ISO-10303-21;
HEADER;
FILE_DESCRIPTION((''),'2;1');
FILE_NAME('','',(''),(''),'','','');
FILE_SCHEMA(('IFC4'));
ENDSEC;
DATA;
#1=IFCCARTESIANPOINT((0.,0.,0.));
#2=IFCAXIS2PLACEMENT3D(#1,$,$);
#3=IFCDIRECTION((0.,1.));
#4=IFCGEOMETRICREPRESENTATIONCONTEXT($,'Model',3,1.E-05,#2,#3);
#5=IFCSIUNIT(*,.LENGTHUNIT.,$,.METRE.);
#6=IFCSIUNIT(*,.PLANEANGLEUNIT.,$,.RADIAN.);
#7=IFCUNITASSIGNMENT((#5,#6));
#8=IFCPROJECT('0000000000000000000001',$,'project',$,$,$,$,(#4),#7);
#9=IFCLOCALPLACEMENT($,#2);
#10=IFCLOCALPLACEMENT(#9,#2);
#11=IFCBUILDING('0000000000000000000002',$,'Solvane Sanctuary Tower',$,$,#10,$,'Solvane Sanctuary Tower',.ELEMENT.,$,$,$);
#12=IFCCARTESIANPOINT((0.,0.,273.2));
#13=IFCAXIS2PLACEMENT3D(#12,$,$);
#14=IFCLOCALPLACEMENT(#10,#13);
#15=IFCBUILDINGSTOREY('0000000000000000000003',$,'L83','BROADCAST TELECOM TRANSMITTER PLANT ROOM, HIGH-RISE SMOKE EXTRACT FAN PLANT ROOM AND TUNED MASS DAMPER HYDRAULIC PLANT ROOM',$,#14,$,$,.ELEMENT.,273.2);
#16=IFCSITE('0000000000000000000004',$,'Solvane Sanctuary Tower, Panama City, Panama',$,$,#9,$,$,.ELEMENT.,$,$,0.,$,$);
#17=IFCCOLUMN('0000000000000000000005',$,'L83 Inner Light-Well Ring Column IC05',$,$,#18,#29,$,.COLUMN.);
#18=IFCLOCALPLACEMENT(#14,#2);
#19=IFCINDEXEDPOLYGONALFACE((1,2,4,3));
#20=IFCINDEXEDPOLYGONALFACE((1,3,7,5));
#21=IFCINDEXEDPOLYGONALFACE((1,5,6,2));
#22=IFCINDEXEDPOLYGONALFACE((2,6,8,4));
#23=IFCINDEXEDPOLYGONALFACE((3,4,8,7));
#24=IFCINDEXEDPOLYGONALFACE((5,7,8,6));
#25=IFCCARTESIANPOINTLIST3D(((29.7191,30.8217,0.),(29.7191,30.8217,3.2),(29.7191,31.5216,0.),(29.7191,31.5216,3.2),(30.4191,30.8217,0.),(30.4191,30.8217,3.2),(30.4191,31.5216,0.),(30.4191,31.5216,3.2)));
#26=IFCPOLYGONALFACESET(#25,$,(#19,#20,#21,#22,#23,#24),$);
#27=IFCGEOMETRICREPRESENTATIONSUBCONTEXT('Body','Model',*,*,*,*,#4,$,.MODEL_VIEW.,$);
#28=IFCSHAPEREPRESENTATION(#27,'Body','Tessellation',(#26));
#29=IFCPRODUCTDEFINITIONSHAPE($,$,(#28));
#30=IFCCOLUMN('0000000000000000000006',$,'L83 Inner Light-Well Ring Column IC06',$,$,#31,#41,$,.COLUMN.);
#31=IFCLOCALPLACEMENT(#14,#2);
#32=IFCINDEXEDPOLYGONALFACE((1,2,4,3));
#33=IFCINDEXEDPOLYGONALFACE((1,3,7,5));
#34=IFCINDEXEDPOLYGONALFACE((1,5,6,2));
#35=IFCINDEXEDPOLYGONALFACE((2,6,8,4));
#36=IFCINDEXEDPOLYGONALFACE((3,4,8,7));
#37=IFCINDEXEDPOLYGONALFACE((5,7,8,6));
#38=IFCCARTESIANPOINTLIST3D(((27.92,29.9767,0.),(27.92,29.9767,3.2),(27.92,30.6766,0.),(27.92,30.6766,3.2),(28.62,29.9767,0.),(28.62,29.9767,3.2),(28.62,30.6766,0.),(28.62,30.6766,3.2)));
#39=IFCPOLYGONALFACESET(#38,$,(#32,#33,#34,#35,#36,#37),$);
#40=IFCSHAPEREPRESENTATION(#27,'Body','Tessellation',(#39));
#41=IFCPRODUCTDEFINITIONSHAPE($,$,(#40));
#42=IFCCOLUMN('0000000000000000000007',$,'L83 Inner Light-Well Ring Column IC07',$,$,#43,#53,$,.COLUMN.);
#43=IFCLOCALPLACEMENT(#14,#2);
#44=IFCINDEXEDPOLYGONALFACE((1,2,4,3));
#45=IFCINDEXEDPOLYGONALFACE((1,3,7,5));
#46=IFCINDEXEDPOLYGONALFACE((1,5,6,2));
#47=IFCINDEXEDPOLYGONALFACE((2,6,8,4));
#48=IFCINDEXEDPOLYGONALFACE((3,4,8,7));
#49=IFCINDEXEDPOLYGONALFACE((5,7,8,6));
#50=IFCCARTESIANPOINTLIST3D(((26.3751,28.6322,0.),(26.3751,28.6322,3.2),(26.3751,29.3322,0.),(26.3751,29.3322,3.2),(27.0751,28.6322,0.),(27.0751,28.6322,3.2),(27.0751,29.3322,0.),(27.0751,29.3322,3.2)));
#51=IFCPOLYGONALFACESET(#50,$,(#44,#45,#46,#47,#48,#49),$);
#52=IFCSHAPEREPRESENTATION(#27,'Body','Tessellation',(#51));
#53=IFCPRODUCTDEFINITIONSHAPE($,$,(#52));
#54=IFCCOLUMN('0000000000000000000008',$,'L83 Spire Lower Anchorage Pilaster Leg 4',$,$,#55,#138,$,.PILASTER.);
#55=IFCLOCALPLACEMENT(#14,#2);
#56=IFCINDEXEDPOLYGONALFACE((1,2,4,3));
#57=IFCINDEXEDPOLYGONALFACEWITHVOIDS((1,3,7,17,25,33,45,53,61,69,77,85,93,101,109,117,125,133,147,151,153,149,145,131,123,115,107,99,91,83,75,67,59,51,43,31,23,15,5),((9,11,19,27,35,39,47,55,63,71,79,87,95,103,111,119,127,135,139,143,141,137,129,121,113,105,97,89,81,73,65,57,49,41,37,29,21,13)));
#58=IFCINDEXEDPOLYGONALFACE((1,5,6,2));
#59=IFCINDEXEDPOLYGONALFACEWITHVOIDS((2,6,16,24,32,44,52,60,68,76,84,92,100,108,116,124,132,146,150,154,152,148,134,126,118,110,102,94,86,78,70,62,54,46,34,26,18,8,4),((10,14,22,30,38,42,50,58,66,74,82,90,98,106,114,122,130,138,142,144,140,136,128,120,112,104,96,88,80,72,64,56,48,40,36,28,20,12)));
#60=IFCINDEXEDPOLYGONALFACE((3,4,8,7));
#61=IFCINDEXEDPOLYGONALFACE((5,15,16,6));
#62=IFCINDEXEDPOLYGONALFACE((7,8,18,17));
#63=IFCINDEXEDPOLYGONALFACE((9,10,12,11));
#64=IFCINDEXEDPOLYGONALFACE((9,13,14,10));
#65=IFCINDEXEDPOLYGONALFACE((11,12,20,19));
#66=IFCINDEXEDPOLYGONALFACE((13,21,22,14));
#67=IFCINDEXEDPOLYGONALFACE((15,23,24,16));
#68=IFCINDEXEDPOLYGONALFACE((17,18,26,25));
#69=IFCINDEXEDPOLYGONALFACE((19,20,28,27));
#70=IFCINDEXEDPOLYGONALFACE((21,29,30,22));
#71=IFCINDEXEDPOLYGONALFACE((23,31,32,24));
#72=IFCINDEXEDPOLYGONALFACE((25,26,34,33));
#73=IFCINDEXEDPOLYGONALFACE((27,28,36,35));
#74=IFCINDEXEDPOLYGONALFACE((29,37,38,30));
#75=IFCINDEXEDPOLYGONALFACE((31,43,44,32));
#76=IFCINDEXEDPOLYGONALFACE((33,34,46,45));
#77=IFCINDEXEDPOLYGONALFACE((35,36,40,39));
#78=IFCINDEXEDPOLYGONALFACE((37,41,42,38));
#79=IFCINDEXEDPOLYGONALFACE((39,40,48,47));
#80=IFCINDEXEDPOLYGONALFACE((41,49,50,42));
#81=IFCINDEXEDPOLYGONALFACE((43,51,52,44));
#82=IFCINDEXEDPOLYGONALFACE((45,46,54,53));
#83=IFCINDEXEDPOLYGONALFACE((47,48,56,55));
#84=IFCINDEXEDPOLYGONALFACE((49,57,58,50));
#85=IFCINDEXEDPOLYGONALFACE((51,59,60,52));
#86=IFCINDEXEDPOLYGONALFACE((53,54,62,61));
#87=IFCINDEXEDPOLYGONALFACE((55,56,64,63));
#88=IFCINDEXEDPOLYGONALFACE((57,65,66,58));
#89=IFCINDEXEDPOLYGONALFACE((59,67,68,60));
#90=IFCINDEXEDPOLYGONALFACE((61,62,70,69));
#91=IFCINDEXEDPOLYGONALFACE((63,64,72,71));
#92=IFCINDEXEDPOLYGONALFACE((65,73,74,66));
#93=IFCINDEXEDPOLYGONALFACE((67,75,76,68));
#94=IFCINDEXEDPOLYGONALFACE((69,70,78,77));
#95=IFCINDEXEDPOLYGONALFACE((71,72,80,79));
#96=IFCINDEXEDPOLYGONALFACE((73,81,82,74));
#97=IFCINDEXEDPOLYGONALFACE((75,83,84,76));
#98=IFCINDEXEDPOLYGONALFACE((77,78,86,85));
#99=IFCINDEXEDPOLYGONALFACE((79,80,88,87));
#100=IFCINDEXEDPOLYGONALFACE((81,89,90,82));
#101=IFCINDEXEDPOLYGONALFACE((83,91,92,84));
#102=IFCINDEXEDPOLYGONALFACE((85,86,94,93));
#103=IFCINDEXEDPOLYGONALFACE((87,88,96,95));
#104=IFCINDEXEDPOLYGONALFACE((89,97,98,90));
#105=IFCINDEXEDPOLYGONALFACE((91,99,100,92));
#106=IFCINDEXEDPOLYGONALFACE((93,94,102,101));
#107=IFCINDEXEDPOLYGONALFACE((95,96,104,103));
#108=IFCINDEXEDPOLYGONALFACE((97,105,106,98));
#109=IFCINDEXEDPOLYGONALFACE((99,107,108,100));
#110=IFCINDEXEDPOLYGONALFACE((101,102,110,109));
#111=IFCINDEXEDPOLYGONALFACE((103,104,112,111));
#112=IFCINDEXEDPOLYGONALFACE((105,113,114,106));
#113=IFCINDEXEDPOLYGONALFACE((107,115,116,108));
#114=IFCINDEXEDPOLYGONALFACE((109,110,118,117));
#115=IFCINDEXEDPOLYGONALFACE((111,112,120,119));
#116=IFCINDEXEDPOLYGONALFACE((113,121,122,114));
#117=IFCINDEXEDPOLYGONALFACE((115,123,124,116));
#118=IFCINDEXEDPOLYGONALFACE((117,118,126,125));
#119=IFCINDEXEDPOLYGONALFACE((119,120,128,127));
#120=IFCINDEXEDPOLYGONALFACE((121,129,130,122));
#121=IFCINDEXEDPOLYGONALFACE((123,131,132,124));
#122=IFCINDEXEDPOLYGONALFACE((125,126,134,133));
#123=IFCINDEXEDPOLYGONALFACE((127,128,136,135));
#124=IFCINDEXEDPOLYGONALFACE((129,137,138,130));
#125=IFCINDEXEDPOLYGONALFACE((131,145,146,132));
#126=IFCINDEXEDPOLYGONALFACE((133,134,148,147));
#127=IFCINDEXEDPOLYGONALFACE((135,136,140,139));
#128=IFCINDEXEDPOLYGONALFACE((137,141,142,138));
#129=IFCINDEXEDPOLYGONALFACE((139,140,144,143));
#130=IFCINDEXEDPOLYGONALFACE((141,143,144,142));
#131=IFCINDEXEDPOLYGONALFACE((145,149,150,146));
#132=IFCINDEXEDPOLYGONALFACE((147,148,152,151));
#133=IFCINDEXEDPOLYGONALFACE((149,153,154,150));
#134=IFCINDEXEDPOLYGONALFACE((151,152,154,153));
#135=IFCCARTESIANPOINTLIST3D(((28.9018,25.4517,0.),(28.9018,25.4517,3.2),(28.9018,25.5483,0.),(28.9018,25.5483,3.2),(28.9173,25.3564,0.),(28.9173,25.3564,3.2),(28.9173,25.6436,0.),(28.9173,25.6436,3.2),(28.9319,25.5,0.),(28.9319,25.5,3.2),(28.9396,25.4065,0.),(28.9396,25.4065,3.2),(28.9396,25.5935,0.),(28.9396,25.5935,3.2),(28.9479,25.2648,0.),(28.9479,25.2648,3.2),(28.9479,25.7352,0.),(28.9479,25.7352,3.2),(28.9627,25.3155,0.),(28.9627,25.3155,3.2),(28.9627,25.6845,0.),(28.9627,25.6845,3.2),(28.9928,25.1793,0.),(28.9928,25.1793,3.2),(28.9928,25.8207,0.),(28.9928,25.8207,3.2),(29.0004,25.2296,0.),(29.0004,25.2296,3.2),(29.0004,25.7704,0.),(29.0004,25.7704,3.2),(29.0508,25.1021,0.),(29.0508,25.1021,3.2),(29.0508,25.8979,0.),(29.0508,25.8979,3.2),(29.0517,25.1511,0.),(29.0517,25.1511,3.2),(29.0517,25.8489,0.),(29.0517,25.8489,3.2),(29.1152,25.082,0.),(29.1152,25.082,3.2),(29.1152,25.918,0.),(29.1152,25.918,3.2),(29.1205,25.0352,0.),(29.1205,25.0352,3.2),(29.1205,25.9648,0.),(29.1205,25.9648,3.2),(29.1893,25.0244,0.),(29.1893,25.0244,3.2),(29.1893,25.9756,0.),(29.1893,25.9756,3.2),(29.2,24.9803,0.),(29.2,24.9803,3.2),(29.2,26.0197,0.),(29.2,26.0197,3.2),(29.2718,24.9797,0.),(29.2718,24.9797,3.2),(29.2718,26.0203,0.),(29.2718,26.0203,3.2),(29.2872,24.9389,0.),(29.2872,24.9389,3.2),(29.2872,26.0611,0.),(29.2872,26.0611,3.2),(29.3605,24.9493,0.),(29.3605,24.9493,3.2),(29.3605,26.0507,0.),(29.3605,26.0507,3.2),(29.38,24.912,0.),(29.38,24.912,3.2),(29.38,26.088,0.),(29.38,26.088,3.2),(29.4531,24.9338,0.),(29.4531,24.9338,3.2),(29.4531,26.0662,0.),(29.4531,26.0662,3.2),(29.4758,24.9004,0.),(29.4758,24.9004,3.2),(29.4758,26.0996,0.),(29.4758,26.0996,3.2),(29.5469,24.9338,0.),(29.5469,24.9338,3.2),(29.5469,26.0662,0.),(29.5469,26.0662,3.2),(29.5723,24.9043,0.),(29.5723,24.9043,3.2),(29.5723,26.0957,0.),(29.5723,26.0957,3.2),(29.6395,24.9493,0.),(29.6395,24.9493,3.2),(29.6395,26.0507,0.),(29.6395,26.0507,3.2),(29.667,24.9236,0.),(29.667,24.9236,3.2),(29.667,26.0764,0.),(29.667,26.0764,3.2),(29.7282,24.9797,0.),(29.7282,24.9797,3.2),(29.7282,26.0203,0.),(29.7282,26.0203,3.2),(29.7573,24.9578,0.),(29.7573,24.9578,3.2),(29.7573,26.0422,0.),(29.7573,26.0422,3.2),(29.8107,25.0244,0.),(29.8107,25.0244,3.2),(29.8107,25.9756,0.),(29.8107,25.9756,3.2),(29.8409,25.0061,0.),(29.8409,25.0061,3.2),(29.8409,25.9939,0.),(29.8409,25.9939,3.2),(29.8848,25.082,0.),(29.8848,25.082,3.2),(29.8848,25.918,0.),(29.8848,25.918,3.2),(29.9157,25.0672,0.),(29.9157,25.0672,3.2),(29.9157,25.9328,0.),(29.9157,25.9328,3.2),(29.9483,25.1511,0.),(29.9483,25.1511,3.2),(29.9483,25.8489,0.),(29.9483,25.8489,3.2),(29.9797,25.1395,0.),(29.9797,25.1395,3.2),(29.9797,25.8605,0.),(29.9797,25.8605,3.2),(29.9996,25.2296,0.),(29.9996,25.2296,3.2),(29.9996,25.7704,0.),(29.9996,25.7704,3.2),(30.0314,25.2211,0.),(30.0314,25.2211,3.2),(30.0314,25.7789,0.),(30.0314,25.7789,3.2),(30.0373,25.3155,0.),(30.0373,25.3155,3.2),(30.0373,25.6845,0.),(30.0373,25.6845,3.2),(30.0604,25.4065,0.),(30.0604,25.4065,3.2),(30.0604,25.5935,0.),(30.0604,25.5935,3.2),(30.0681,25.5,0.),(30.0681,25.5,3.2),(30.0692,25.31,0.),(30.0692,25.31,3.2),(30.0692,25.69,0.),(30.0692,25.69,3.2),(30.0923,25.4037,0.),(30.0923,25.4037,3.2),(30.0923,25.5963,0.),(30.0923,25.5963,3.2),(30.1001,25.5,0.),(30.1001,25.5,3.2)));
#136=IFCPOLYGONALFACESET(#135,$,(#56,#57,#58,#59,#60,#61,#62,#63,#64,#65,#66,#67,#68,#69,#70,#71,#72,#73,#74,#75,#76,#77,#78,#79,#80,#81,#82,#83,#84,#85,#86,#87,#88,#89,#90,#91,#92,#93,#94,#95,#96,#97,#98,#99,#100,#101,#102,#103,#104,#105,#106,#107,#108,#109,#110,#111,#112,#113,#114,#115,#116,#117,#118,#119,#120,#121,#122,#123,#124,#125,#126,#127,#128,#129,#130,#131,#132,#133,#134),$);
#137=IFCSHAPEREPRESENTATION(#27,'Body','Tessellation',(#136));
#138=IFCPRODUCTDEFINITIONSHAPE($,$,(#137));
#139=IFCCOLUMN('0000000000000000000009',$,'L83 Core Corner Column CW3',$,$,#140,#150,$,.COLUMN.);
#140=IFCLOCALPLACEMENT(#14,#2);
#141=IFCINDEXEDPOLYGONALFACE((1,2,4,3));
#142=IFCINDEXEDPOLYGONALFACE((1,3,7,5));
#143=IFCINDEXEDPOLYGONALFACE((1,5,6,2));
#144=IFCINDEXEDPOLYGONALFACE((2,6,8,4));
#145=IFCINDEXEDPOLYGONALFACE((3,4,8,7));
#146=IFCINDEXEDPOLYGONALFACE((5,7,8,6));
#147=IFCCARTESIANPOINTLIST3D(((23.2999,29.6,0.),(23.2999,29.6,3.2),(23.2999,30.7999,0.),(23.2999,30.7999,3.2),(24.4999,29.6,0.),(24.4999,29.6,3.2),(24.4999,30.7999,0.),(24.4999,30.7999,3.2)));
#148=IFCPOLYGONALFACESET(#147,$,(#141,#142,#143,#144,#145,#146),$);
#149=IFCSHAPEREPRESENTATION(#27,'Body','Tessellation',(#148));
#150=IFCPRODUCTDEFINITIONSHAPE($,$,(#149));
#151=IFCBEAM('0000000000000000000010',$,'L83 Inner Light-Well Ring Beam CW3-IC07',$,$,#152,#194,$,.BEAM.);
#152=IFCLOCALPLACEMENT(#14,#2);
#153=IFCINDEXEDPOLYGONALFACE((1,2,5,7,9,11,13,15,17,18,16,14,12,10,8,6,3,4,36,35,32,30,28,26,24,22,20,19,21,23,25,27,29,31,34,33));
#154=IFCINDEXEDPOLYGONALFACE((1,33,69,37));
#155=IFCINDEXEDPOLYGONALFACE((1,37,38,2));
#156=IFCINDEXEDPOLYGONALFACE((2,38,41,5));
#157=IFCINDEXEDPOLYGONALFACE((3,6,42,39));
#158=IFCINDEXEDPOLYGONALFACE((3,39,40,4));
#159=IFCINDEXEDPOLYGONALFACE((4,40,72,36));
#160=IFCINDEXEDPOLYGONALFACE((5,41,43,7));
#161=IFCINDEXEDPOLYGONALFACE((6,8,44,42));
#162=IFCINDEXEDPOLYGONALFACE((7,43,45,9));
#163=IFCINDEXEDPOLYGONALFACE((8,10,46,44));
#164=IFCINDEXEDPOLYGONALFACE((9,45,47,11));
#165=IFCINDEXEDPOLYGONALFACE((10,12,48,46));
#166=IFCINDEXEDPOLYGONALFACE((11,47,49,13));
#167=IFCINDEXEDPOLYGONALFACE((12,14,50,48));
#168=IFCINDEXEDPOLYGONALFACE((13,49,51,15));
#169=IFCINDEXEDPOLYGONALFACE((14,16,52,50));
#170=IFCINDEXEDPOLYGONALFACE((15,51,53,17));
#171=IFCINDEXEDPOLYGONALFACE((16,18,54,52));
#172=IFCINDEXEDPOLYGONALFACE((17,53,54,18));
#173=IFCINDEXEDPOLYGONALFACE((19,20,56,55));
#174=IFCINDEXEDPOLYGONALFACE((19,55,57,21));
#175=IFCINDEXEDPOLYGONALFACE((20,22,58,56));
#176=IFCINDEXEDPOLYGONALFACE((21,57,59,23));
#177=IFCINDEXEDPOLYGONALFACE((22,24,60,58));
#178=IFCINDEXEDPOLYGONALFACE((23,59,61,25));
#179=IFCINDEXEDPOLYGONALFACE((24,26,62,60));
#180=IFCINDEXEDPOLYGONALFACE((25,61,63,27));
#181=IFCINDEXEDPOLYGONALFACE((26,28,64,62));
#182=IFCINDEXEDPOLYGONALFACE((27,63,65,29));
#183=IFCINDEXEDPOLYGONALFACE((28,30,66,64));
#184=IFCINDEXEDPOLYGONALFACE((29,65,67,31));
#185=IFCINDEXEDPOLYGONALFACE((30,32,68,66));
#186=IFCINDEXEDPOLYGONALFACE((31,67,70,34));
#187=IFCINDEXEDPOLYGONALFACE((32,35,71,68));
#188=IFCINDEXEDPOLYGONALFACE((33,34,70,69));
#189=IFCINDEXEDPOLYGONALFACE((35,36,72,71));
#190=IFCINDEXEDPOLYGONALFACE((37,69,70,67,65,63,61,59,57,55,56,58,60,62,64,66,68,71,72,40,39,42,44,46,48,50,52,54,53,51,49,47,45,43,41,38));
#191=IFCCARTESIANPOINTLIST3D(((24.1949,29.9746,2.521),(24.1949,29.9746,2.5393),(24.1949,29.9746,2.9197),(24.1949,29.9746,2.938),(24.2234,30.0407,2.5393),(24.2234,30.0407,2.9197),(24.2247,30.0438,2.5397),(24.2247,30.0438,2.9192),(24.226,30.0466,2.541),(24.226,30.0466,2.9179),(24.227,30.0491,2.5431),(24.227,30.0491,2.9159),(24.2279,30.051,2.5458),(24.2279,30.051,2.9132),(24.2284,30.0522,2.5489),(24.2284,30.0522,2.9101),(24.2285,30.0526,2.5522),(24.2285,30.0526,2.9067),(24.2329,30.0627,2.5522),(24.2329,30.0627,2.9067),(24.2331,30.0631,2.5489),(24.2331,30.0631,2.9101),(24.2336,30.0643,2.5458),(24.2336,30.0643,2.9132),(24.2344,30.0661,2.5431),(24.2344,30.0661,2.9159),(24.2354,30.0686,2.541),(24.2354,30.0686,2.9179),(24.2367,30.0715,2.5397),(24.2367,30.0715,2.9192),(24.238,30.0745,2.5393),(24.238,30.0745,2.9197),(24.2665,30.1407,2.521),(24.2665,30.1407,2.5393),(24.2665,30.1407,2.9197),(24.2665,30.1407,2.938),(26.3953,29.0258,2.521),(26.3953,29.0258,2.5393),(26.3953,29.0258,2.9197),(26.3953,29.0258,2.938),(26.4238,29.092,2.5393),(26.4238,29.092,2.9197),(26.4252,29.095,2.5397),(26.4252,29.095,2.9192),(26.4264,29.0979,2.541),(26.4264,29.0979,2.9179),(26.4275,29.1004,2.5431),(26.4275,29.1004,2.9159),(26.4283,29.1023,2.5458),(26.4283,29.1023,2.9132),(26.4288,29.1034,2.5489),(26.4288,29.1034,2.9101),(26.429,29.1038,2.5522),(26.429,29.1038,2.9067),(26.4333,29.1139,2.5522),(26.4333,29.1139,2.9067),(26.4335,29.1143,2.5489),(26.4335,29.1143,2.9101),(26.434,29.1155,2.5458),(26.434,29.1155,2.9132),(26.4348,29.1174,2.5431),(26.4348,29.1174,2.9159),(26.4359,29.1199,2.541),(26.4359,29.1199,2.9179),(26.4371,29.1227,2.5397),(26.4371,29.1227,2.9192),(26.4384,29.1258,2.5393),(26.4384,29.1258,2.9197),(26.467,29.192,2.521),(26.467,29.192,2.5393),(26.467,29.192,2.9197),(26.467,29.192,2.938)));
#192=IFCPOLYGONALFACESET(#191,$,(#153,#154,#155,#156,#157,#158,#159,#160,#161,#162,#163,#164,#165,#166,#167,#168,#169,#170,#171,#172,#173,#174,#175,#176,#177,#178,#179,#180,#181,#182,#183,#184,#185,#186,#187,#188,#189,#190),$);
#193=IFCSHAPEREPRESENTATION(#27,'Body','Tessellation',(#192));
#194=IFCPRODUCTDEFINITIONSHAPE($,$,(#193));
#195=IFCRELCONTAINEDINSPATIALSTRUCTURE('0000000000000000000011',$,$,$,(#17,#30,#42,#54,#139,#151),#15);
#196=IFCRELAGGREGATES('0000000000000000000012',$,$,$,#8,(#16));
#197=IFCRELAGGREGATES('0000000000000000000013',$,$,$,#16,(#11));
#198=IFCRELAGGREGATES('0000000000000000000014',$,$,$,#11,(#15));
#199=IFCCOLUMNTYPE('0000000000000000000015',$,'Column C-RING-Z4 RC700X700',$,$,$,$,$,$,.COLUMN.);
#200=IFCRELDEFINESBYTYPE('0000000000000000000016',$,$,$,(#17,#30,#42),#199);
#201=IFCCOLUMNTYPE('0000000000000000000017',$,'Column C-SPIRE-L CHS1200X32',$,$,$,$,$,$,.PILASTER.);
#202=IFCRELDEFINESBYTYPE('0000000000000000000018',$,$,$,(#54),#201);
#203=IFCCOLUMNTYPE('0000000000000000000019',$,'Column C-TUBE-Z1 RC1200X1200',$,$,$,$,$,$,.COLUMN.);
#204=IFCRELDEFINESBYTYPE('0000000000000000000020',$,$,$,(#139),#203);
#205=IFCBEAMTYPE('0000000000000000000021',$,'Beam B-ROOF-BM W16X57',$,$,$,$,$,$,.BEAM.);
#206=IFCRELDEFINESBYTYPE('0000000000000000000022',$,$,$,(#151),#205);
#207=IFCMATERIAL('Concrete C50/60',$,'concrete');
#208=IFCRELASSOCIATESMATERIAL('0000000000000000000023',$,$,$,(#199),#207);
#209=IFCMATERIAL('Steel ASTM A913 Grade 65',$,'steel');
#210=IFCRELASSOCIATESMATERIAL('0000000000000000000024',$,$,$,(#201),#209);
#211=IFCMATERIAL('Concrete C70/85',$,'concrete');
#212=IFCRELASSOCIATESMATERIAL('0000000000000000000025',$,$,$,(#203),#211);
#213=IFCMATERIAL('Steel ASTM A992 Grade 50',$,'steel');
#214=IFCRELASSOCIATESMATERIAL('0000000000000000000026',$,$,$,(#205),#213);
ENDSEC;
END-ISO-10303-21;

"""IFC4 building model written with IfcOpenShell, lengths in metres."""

from ifc_helpers import new_model, si_unit, direction, frame, origin, origin_2d, place, context, subcontext, project, spatial, rectangle, hollow_circle, i_section, extrude, material, material_profile, profile_set, type_object, element, save


model = new_model("IFC4")

# Units and contexts
model_context = context("Model", 3, precision=1e-05, world=origin(), true_north=direction((0.0, 1.0)))
body_context = subcontext(model_context, "Body", "Model", "MODEL_VIEW")
ifc_project = project(units=[si_unit("LENGTHUNIT", "METRE"), si_unit("PLANEANGLEUNIT", "RADIAN")], contexts=[model_context])

# Site, building, storey
site_placement = place(None, origin())
site = spatial("IfcSite", under=ifc_project, at=site_placement, Name="Solvane Sanctuary Tower, Panama City, Panama", CompositionType="ELEMENT", RefElevation=0.0)
building_placement = place(site_placement, origin())
building = spatial("IfcBuilding", under=site, at=building_placement, Name="Solvane Sanctuary Tower", LongName="Solvane Sanctuary Tower", CompositionType="ELEMENT")
storey_placement = place(building_placement, frame((0.0, 0.0, 273.2)))
storey = spatial("IfcBuildingStorey", under=building, at=storey_placement, Name="L83", Description="BROADCAST TELECOM TRANSMITTER PLANT ROOM, HIGH-RISE SMOKE EXTRACT FAN PLANT ROOM AND TUNED MASS DAMPER HYDRAULIC PLANT ROOM", CompositionType="ELEMENT", Elevation=273.2)

# Columns
ifc_material_1 = material(Name="Concrete C50/60", Category="concrete")
ifc_material_profile_1 = material_profile(ifc_material_1, rectangle(XDim=0.7, YDim=0.7, at=origin_2d()), Name="RC700X700")
ifc_profile_set_1 = profile_set([ifc_material_profile_1], Name="Concrete C50/60")
column_type_1 = type_object("IfcColumnType", Name="Column C-RING-Z4 RC700X700", PredefinedType="COLUMN", material=ifc_profile_set_1)
for number, where, z_axis, x_axis, name in (
    (1, (30.0691, 31.1716, 0.0), (0.0, 0.0, 1.0), (1.0, 0.0, 0.0), "L83 Inner Light-Well Ring Column IC05"),
    (2, (28.27, 30.3267, 0.0), (0.0, 0.0, 1.0), (1.0, 0.0, 0.0), "L83 Inner Light-Well Ring Column IC06"),
    (3, (26.7251, 28.9822, 0.0), (0.0, 0.0, 1.0), (1.0, 0.0, 0.0), "L83 Inner Light-Well Ring Column IC07"),
):
    element("IfcColumn", number, at=place(storey_placement, frame(where, z_axis=z_axis, x_axis=x_axis)), inside=storey, type_object=column_type_1, Name=name, PredefinedType="COLUMN", context=body_context, shape_type="SweptSolid", body=[
        extrude(rectangle(XDim=0.7, YDim=0.7, at=origin_2d()), origin(), (0.0, 0.0, 1.0), 3.2),
    ])
ifc_material_2 = material(Name="Steel ASTM A913 Grade 65", Category="steel")
ifc_material_profile_2 = material_profile(ifc_material_2, hollow_circle(Radius=0.6001, WallThickness=0.032, at=origin_2d()), Name="CHS1200X32")
ifc_profile_set_2 = profile_set([ifc_material_profile_2], Name="Steel ASTM A913 Grade 65")
column_type_2 = type_object("IfcColumnType", Name="Column C-SPIRE-L CHS1200X32", PredefinedType="PILASTER", material=ifc_profile_set_2)
column_1_placement = place(storey_placement, frame((29.5, 25.5, 0.0), z_axis=(0.0, 0.0, 1.0), x_axis=(1.0, 0.0, 0.0)))
element("IfcColumn", 4, at=column_1_placement, inside=storey, type_object=column_type_2, Name="L83 Spire Lower Anchorage Pilaster Leg 4", PredefinedType="PILASTER", context=body_context, shape_type="SweptSolid", body=[
    extrude(hollow_circle(Radius=0.6001, WallThickness=0.032, at=origin_2d()), origin(), (0.0, 0.0, 1.0), 3.2),
])
ifc_material_3 = material(Name="Concrete C70/85", Category="concrete")
ifc_material_profile_3 = material_profile(ifc_material_3, rectangle(XDim=1.2, YDim=1.2, at=origin_2d()), Name="RC1200X1200")
ifc_profile_set_3 = profile_set([ifc_material_profile_3], Name="Concrete C70/85")
column_type_3 = type_object("IfcColumnType", Name="Column C-TUBE-Z1 RC1200X1200", PredefinedType="COLUMN", material=ifc_profile_set_3)
column_2_placement = place(storey_placement, frame((23.8999, 30.2, 0.0), z_axis=(0.0, 0.0, 1.0), x_axis=(1.0, 0.0, 0.0)))
element("IfcColumn", 5, at=column_2_placement, inside=storey, type_object=column_type_3, Name="L83 Core Corner Column CW3", PredefinedType="COLUMN", context=body_context, shape_type="SweptSolid", body=[
    extrude(rectangle(XDim=1.2, YDim=1.2, at=origin_2d()), origin(), (0.0, 0.0, 1.0), 3.2),
])

# Beam
ifc_material_4 = material(Name="Steel ASTM A992 Grade 50", Category="steel")
ifc_material_profile_4 = material_profile(ifc_material_4, i_section(OverallWidth=0.1809, OverallDepth=0.417, WebThickness=0.011, FlangeThickness=0.0183, FilletRadius=0.0129, at=origin_2d()), Name="W16X57")
ifc_profile_set_4 = profile_set([ifc_material_profile_4], Name="Steel ASTM A992 Grade 50")
beam_type_1 = type_object("IfcBeamType", Name="Beam B-ROOF-BM W16X57", PredefinedType="BEAM", material=ifc_profile_set_4)
beam_1_placement = place(storey_placement, frame((24.2307, 30.0576, 2.7295), z_axis=(0.918284, -0.395923, 0.0), x_axis=(0.395923, 0.918284, 0.0)))
element("IfcBeam", 6, at=beam_1_placement, inside=storey, type_object=beam_type_1, Name="L83 Inner Light-Well Ring Beam CW3-IC07", PredefinedType="BEAM", context=body_context, shape_type="SweptSolid", body=[
    extrude(i_section(OverallWidth=0.1809, OverallDepth=0.417, WebThickness=0.011, FlangeThickness=0.0183, FilletRadius=0.0129, at=origin_2d()), origin(), (0.0, 0.0, 1.0), 2.3962),
])

save(model, "model.ifc")
